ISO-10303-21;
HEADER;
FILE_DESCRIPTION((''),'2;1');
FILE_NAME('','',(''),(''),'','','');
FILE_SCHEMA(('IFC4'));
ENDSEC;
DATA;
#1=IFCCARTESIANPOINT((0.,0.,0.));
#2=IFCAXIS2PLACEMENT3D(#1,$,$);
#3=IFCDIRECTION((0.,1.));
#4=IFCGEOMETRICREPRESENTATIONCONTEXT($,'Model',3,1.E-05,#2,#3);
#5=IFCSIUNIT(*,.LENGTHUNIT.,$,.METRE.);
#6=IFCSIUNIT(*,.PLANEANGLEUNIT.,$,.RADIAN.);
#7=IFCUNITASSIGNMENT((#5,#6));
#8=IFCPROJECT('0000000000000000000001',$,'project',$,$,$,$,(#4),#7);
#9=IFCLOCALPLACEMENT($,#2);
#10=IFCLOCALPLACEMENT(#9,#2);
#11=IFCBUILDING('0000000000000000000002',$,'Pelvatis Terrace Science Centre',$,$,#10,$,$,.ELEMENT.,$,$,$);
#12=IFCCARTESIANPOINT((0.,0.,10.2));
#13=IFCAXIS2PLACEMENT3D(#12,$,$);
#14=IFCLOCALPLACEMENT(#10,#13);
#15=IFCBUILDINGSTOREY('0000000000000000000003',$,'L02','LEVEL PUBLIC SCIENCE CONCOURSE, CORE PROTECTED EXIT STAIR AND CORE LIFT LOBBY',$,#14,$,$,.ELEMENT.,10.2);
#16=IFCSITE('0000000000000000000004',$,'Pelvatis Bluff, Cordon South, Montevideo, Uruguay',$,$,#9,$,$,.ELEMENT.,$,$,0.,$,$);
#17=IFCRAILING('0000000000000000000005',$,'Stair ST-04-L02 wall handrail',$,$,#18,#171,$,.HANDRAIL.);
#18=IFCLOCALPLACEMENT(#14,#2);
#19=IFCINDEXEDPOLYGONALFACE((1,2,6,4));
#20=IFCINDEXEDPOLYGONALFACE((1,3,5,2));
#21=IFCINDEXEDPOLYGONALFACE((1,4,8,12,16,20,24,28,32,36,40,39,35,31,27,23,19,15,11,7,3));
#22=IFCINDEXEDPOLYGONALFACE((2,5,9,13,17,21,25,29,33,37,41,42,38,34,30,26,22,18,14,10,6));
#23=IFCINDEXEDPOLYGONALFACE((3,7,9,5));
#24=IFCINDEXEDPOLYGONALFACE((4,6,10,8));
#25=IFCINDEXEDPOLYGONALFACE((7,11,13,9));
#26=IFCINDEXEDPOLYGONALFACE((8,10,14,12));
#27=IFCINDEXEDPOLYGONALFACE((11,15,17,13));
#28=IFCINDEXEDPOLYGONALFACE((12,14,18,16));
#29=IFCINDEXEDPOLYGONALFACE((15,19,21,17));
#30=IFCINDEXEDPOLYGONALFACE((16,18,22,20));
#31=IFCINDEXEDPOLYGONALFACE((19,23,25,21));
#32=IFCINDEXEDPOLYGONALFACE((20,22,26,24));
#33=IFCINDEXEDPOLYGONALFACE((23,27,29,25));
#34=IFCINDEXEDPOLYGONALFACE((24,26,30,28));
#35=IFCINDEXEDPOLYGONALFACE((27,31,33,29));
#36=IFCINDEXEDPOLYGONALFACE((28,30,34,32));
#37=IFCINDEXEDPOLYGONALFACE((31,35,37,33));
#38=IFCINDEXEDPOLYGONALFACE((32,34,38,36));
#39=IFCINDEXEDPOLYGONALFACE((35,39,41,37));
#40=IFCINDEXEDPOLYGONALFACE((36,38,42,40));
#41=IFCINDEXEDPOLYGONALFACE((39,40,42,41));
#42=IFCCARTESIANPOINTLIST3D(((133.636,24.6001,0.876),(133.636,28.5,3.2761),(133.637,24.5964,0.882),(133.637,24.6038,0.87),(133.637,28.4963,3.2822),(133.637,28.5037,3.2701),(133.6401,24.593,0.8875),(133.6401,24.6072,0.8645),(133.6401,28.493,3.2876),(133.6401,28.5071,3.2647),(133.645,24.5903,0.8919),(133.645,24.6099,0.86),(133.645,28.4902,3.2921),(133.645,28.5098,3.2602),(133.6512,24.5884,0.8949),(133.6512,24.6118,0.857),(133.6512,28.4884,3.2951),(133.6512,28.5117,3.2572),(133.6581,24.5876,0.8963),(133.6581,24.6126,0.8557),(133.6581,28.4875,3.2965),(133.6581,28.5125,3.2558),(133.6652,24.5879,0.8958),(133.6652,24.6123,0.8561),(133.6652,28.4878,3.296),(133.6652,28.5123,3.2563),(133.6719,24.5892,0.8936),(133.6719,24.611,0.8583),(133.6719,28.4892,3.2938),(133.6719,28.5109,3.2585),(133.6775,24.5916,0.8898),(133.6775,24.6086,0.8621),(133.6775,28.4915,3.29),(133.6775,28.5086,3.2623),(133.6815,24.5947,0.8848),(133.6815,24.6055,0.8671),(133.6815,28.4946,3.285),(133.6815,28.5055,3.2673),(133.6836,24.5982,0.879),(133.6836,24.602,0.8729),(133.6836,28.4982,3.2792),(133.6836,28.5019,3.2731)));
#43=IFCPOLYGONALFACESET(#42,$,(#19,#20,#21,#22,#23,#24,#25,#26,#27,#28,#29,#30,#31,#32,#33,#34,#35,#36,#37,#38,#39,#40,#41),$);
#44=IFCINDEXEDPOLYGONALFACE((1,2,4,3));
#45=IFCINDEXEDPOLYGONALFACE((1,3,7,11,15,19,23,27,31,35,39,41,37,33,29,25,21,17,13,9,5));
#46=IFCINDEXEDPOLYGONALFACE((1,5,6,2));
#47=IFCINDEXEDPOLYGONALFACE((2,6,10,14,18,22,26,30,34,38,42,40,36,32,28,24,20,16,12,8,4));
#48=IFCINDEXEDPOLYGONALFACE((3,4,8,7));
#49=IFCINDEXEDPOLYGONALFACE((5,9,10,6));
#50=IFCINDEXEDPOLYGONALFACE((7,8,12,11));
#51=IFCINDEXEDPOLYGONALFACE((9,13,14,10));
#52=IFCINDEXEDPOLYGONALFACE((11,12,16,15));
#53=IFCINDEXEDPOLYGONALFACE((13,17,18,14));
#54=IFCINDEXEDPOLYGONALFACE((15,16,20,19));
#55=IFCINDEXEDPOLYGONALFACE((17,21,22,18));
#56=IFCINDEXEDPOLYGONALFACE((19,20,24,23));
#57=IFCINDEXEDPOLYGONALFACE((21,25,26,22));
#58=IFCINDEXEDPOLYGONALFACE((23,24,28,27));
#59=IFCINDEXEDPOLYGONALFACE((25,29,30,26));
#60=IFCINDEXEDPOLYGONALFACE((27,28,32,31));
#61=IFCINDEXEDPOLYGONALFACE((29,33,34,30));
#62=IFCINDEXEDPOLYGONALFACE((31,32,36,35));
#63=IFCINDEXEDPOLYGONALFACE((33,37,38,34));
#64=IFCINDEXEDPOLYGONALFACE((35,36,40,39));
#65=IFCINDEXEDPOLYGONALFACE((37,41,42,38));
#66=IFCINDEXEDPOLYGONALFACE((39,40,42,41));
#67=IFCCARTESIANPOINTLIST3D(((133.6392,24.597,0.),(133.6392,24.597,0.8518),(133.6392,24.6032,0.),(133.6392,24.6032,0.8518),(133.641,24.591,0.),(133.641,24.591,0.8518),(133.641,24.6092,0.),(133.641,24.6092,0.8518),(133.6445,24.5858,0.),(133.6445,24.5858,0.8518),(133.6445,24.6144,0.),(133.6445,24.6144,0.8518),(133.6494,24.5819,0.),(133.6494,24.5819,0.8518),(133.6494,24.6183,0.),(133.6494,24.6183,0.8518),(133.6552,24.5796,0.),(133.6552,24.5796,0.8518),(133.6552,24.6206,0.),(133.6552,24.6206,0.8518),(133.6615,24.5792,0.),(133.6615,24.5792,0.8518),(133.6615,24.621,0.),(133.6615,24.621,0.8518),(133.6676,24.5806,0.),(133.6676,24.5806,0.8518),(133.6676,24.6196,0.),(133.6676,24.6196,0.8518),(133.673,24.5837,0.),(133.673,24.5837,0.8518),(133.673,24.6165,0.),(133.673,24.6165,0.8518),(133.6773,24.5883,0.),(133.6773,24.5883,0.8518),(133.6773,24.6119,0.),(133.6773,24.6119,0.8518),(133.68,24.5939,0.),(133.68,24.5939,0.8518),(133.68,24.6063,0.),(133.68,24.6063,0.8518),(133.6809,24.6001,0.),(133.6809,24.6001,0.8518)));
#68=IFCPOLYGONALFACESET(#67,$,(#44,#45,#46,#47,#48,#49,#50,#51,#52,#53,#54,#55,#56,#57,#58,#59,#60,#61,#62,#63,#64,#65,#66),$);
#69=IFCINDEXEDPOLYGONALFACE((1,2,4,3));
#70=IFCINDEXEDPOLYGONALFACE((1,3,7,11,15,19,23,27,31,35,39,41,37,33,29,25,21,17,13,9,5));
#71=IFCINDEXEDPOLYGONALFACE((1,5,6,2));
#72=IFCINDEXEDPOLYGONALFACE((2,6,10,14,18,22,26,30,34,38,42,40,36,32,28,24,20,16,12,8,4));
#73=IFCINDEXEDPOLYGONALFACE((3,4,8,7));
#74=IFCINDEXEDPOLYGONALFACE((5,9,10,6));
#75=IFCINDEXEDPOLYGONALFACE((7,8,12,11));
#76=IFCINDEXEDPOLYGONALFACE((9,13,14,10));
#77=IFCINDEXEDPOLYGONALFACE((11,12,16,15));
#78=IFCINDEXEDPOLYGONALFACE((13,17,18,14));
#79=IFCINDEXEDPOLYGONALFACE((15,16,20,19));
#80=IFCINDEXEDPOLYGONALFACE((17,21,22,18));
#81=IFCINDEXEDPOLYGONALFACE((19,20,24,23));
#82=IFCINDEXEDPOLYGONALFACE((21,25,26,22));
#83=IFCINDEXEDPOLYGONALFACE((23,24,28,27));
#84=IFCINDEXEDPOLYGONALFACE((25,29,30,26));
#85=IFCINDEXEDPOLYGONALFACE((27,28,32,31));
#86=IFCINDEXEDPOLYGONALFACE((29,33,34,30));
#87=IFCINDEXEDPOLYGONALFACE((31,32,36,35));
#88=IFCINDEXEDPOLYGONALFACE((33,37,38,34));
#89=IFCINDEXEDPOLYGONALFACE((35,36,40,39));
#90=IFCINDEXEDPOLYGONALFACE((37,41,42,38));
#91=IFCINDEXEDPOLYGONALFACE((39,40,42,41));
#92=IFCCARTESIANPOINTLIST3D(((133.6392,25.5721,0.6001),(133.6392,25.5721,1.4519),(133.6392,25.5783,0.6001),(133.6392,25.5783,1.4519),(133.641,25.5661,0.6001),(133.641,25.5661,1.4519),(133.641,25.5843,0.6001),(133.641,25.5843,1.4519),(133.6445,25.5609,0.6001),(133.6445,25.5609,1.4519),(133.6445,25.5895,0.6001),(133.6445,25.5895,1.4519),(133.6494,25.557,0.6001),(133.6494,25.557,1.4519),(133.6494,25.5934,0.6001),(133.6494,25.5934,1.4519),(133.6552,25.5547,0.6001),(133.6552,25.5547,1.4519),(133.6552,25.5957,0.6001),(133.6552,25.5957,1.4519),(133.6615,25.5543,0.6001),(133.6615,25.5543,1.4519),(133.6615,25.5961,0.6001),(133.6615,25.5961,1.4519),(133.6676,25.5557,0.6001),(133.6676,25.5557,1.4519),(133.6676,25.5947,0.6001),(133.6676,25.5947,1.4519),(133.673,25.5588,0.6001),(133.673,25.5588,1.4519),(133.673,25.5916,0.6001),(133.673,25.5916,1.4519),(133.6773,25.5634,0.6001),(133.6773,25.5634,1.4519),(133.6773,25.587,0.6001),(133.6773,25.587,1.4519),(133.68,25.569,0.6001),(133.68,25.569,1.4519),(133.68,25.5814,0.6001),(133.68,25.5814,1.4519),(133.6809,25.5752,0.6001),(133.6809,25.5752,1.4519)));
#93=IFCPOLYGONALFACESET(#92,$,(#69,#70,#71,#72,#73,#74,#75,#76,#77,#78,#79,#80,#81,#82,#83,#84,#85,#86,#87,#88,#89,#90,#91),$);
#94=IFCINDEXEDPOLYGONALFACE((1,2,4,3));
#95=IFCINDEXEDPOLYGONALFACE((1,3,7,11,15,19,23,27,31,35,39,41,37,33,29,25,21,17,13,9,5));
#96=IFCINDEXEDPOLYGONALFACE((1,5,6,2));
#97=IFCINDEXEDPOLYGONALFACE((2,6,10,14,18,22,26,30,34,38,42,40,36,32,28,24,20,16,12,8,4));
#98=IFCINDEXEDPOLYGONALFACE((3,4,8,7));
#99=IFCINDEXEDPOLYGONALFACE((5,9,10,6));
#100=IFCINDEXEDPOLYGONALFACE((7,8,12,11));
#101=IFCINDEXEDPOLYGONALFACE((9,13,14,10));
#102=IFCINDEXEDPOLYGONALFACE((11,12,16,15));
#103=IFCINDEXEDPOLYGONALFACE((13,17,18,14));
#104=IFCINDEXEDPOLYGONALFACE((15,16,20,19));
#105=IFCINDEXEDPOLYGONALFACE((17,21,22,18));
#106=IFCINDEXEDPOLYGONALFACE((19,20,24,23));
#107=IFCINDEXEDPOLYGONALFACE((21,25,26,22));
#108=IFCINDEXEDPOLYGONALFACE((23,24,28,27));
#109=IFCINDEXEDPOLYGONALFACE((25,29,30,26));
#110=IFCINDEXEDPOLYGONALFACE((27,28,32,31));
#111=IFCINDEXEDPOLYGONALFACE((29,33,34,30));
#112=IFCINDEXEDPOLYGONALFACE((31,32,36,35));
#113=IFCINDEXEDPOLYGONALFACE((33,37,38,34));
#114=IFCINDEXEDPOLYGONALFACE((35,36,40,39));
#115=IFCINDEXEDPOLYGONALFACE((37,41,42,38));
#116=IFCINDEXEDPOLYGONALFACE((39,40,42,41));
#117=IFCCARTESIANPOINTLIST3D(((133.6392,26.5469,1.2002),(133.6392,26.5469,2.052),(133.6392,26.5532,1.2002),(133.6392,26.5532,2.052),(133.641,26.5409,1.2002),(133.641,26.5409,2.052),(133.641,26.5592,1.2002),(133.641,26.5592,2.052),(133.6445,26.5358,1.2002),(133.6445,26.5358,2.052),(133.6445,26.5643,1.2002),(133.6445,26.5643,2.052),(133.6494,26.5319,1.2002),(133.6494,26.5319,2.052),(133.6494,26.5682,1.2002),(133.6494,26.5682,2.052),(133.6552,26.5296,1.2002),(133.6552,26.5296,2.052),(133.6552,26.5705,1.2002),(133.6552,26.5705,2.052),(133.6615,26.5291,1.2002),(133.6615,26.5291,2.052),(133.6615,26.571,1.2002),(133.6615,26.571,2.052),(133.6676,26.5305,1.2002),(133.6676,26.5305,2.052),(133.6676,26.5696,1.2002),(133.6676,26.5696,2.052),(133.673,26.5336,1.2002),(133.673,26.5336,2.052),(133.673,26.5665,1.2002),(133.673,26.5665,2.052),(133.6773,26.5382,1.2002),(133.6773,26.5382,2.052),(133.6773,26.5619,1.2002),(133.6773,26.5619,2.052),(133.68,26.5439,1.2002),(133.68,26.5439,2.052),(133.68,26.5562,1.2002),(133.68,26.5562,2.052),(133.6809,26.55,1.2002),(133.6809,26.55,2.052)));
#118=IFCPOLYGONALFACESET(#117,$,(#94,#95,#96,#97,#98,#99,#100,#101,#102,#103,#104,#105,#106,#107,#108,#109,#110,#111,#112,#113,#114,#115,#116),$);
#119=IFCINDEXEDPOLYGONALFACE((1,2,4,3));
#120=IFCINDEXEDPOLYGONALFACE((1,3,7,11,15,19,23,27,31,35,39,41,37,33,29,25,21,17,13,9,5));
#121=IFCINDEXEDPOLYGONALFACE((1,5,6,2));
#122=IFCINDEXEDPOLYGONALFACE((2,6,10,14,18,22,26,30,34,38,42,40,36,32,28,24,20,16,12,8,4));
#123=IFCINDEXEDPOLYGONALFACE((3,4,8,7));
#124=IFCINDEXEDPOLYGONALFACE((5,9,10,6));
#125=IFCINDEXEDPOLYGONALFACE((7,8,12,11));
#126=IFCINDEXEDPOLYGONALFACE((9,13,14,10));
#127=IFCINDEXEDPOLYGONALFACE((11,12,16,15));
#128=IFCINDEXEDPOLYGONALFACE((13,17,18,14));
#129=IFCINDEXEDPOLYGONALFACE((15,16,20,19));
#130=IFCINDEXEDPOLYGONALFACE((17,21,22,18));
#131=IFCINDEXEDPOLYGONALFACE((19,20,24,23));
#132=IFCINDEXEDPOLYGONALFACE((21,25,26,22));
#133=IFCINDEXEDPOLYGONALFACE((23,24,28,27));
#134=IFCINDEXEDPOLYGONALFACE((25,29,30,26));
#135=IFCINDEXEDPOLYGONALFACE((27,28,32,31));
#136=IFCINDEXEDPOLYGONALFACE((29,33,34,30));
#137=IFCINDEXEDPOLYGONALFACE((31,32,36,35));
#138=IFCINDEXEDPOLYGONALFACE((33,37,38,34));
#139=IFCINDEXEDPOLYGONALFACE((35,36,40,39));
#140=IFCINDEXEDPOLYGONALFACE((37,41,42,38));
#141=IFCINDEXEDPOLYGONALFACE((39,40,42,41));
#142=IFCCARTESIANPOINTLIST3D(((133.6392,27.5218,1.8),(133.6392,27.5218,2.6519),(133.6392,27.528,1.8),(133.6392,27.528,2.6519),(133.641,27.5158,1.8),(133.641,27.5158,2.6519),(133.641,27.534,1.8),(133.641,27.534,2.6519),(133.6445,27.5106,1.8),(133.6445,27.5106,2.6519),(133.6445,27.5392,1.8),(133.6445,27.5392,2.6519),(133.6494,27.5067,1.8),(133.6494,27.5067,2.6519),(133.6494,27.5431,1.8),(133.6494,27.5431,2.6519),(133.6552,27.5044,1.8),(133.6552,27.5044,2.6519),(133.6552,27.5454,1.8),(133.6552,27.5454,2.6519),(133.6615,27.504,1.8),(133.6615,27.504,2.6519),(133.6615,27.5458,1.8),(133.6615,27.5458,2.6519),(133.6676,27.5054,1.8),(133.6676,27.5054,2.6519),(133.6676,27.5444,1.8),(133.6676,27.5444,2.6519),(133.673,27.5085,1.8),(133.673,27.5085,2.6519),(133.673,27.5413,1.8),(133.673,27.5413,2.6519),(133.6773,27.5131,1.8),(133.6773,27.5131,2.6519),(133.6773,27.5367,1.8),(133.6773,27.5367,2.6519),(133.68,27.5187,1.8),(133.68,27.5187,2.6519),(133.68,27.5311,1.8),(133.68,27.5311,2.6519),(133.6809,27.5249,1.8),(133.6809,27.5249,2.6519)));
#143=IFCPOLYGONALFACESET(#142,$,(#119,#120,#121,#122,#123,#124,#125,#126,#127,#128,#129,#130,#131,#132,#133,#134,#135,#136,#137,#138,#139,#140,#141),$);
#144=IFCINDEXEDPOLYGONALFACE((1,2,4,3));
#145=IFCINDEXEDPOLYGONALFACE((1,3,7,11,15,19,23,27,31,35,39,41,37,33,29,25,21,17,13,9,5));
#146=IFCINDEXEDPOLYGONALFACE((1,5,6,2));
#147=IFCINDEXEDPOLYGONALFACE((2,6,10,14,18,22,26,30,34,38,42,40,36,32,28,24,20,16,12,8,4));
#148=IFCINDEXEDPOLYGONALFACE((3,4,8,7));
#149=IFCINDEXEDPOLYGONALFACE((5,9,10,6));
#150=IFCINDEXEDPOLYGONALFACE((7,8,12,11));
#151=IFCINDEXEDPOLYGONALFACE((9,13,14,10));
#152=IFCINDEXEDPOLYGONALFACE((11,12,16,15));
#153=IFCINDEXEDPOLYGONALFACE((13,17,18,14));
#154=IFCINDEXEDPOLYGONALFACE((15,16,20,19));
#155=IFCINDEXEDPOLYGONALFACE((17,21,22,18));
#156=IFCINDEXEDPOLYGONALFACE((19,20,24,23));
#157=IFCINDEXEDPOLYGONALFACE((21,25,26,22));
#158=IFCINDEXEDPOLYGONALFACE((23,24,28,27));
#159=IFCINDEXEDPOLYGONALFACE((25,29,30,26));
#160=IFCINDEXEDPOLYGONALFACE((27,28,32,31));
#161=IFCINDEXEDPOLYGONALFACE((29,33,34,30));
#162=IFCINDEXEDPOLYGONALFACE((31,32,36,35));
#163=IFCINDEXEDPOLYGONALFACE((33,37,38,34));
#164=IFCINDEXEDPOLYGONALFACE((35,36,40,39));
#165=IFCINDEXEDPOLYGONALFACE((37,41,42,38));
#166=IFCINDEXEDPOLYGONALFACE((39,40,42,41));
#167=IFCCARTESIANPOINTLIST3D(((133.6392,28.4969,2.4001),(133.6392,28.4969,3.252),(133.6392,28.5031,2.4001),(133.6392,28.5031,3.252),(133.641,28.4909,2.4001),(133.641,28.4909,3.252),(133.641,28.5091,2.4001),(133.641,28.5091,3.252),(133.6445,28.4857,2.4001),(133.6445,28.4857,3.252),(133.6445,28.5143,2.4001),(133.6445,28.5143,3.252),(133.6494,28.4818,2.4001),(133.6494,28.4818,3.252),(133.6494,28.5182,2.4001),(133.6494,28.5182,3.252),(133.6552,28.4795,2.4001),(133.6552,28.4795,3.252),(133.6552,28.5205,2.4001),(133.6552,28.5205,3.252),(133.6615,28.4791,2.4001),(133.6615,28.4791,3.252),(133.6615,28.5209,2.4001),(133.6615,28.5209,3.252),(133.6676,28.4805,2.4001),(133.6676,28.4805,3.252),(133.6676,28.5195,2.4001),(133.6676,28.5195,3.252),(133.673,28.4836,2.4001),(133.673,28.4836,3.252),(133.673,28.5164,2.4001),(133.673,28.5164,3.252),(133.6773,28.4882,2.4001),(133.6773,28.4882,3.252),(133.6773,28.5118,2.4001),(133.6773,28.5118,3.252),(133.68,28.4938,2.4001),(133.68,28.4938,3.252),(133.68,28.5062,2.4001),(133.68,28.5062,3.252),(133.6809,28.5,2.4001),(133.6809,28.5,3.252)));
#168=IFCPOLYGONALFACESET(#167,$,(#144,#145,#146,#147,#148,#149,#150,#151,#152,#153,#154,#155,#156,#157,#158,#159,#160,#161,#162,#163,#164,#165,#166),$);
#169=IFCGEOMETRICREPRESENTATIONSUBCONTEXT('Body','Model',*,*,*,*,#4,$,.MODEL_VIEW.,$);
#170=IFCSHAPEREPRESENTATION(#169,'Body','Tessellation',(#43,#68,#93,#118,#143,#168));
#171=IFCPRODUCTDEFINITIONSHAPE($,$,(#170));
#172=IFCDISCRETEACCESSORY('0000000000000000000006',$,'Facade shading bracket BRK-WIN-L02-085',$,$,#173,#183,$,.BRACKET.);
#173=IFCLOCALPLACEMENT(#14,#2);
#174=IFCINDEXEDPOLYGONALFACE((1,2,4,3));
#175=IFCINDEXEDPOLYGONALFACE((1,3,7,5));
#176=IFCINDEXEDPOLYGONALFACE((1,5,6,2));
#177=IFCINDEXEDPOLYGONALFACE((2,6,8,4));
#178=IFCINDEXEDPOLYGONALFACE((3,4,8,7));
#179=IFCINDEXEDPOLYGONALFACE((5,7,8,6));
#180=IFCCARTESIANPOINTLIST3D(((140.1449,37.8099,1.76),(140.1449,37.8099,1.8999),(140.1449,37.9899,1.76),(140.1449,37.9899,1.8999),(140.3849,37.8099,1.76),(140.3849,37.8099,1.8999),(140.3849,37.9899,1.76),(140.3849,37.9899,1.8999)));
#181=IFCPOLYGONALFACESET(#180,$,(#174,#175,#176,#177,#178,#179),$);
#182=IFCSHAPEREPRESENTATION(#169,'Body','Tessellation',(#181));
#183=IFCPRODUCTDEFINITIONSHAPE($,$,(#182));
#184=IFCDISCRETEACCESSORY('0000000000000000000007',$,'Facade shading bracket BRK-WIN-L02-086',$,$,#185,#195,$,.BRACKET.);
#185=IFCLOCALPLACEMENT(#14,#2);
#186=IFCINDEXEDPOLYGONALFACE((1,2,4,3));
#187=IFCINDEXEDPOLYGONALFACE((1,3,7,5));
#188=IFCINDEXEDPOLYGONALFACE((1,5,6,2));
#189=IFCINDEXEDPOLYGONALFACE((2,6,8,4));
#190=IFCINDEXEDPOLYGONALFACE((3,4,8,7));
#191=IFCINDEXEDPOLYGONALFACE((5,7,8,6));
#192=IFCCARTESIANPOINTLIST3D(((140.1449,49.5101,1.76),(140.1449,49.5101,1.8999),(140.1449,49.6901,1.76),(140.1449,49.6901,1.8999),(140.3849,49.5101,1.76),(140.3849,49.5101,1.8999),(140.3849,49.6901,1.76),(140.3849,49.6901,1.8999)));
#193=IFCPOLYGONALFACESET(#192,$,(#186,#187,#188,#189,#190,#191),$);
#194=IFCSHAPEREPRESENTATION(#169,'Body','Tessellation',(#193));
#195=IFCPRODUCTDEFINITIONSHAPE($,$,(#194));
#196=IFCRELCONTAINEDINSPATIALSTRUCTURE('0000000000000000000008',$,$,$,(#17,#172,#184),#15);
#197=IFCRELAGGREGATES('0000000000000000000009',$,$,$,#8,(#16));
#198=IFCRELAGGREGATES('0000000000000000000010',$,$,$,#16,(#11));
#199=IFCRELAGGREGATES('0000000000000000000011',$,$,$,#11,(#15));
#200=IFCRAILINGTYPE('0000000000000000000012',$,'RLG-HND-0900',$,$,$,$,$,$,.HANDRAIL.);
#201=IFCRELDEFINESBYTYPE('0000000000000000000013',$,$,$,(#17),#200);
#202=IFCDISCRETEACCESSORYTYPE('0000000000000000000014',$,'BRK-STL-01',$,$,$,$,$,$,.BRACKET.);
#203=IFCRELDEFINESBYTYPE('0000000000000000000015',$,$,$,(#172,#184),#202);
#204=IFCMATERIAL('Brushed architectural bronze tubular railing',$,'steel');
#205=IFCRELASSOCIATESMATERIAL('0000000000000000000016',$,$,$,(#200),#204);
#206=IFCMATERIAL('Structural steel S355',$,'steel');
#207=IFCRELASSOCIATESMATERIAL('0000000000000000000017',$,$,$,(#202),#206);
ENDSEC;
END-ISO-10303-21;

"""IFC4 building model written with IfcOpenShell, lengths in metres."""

from ifc_helpers import new_model, si_unit, direction, frame, origin, origin_2d, place, context, subcontext, project, spatial, rectangle, circle, extrude, material, type_object, element, save


model = new_model("IFC4")

# Units and contexts
model_context = context("Model", 3, precision=1e-05, world=origin(), true_north=direction((0.0, 1.0)))
body_context = subcontext(model_context, "Body", "Model", "MODEL_VIEW")
ifc_project = project(units=[si_unit("LENGTHUNIT", "METRE"), si_unit("PLANEANGLEUNIT", "RADIAN")], contexts=[model_context])

# Site, building, storey
site_placement = place(None, origin())
site = spatial("IfcSite", under=ifc_project, at=site_placement, Name="Pelvatis Bluff, Cordon South, Montevideo, Uruguay", CompositionType="ELEMENT", RefElevation=0.0)
building_placement = place(site_placement, origin())
building = spatial("IfcBuilding", under=site, at=building_placement, Name="Pelvatis Terrace Science Centre", CompositionType="ELEMENT")
storey_placement = place(building_placement, frame((0.0, 0.0, 10.2)))
storey = spatial("IfcBuildingStorey", under=building, at=storey_placement, Name="L02", Description="LEVEL PUBLIC SCIENCE CONCOURSE, CORE PROTECTED EXIT STAIR AND CORE LIFT LOBBY", CompositionType="ELEMENT", Elevation=10.2)

# Railing
ifc_material_1 = material(Name="Brushed architectural bronze tubular railing", Category="steel")
railing_type_1 = type_object("IfcRailingType", Name="RLG-HND-0900", PredefinedType="HANDRAIL", material=ifc_material_1)
railing_1_placement = place(storey_placement, frame((133.6599, 24.6001, 0.0)))
element("IfcRailing", 1, at=railing_1_placement, inside=storey, type_object=railing_type_1, Name="Stair ST-04-L02 wall handrail", PredefinedType="HANDRAIL", context=body_context, shape_type="SweptSolid", body=[
    extrude(circle(Radius=0.0239, at=origin_2d()), frame((0.0, 0.0, 0.876), z_axis=(0.0, 0.851638, 0.52413), x_axis=(-1.0, 0.0, 0.0)), (0.0, 0.0, 1.0), 4.5793),
    extrude(circle(Radius=0.021, at=origin_2d()), origin(), (0.0, 0.0, 1.0), 0.8518),
    extrude(circle(Radius=0.021, at=origin_2d()), frame((0.0, 0.9751, 0.6001)), (0.0, 0.0, 1.0), 0.8518),
    extrude(circle(Radius=0.021, at=origin_2d()), frame((0.0, 1.95, 1.2002)), (0.0, 0.0, 1.0), 0.8518),
    extrude(circle(Radius=0.021, at=origin_2d()), frame((0.0, 2.9248, 1.8)), (0.0, 0.0, 1.0), 0.8518),
    extrude(circle(Radius=0.021, at=origin_2d()), frame((0.0, 3.8999, 2.4001)), (0.0, 0.0, 1.0), 0.8518),
])

# Discrete accessories
ifc_material_2 = material(Name="Structural steel S355", Category="steel")
discrete_accessory_type = type_object("IfcDiscreteAccessoryType", Name="BRK-STL-01", PredefinedType="BRACKET", material=ifc_material_2)
for number, where, name in (
    (2, (140.2649, 37.8999, 1.76), "Facade shading bracket BRK-WIN-L02-085"),
    (3, (140.2649, 49.6001, 1.76), "Facade shading bracket BRK-WIN-L02-086"),
):
    element("IfcDiscreteAccessory", number, at=place(storey_placement, frame(where)), inside=storey, type_object=discrete_accessory_type, Name=name, PredefinedType="BRACKET", context=body_context, shape_type="SweptSolid", body=[
        extrude(rectangle(XDim=0.24, YDim=0.18, at=origin_2d()), origin(), (0.0, 0.0, 1.0), 0.1399),
    ])

save(model, "model.ifc")
